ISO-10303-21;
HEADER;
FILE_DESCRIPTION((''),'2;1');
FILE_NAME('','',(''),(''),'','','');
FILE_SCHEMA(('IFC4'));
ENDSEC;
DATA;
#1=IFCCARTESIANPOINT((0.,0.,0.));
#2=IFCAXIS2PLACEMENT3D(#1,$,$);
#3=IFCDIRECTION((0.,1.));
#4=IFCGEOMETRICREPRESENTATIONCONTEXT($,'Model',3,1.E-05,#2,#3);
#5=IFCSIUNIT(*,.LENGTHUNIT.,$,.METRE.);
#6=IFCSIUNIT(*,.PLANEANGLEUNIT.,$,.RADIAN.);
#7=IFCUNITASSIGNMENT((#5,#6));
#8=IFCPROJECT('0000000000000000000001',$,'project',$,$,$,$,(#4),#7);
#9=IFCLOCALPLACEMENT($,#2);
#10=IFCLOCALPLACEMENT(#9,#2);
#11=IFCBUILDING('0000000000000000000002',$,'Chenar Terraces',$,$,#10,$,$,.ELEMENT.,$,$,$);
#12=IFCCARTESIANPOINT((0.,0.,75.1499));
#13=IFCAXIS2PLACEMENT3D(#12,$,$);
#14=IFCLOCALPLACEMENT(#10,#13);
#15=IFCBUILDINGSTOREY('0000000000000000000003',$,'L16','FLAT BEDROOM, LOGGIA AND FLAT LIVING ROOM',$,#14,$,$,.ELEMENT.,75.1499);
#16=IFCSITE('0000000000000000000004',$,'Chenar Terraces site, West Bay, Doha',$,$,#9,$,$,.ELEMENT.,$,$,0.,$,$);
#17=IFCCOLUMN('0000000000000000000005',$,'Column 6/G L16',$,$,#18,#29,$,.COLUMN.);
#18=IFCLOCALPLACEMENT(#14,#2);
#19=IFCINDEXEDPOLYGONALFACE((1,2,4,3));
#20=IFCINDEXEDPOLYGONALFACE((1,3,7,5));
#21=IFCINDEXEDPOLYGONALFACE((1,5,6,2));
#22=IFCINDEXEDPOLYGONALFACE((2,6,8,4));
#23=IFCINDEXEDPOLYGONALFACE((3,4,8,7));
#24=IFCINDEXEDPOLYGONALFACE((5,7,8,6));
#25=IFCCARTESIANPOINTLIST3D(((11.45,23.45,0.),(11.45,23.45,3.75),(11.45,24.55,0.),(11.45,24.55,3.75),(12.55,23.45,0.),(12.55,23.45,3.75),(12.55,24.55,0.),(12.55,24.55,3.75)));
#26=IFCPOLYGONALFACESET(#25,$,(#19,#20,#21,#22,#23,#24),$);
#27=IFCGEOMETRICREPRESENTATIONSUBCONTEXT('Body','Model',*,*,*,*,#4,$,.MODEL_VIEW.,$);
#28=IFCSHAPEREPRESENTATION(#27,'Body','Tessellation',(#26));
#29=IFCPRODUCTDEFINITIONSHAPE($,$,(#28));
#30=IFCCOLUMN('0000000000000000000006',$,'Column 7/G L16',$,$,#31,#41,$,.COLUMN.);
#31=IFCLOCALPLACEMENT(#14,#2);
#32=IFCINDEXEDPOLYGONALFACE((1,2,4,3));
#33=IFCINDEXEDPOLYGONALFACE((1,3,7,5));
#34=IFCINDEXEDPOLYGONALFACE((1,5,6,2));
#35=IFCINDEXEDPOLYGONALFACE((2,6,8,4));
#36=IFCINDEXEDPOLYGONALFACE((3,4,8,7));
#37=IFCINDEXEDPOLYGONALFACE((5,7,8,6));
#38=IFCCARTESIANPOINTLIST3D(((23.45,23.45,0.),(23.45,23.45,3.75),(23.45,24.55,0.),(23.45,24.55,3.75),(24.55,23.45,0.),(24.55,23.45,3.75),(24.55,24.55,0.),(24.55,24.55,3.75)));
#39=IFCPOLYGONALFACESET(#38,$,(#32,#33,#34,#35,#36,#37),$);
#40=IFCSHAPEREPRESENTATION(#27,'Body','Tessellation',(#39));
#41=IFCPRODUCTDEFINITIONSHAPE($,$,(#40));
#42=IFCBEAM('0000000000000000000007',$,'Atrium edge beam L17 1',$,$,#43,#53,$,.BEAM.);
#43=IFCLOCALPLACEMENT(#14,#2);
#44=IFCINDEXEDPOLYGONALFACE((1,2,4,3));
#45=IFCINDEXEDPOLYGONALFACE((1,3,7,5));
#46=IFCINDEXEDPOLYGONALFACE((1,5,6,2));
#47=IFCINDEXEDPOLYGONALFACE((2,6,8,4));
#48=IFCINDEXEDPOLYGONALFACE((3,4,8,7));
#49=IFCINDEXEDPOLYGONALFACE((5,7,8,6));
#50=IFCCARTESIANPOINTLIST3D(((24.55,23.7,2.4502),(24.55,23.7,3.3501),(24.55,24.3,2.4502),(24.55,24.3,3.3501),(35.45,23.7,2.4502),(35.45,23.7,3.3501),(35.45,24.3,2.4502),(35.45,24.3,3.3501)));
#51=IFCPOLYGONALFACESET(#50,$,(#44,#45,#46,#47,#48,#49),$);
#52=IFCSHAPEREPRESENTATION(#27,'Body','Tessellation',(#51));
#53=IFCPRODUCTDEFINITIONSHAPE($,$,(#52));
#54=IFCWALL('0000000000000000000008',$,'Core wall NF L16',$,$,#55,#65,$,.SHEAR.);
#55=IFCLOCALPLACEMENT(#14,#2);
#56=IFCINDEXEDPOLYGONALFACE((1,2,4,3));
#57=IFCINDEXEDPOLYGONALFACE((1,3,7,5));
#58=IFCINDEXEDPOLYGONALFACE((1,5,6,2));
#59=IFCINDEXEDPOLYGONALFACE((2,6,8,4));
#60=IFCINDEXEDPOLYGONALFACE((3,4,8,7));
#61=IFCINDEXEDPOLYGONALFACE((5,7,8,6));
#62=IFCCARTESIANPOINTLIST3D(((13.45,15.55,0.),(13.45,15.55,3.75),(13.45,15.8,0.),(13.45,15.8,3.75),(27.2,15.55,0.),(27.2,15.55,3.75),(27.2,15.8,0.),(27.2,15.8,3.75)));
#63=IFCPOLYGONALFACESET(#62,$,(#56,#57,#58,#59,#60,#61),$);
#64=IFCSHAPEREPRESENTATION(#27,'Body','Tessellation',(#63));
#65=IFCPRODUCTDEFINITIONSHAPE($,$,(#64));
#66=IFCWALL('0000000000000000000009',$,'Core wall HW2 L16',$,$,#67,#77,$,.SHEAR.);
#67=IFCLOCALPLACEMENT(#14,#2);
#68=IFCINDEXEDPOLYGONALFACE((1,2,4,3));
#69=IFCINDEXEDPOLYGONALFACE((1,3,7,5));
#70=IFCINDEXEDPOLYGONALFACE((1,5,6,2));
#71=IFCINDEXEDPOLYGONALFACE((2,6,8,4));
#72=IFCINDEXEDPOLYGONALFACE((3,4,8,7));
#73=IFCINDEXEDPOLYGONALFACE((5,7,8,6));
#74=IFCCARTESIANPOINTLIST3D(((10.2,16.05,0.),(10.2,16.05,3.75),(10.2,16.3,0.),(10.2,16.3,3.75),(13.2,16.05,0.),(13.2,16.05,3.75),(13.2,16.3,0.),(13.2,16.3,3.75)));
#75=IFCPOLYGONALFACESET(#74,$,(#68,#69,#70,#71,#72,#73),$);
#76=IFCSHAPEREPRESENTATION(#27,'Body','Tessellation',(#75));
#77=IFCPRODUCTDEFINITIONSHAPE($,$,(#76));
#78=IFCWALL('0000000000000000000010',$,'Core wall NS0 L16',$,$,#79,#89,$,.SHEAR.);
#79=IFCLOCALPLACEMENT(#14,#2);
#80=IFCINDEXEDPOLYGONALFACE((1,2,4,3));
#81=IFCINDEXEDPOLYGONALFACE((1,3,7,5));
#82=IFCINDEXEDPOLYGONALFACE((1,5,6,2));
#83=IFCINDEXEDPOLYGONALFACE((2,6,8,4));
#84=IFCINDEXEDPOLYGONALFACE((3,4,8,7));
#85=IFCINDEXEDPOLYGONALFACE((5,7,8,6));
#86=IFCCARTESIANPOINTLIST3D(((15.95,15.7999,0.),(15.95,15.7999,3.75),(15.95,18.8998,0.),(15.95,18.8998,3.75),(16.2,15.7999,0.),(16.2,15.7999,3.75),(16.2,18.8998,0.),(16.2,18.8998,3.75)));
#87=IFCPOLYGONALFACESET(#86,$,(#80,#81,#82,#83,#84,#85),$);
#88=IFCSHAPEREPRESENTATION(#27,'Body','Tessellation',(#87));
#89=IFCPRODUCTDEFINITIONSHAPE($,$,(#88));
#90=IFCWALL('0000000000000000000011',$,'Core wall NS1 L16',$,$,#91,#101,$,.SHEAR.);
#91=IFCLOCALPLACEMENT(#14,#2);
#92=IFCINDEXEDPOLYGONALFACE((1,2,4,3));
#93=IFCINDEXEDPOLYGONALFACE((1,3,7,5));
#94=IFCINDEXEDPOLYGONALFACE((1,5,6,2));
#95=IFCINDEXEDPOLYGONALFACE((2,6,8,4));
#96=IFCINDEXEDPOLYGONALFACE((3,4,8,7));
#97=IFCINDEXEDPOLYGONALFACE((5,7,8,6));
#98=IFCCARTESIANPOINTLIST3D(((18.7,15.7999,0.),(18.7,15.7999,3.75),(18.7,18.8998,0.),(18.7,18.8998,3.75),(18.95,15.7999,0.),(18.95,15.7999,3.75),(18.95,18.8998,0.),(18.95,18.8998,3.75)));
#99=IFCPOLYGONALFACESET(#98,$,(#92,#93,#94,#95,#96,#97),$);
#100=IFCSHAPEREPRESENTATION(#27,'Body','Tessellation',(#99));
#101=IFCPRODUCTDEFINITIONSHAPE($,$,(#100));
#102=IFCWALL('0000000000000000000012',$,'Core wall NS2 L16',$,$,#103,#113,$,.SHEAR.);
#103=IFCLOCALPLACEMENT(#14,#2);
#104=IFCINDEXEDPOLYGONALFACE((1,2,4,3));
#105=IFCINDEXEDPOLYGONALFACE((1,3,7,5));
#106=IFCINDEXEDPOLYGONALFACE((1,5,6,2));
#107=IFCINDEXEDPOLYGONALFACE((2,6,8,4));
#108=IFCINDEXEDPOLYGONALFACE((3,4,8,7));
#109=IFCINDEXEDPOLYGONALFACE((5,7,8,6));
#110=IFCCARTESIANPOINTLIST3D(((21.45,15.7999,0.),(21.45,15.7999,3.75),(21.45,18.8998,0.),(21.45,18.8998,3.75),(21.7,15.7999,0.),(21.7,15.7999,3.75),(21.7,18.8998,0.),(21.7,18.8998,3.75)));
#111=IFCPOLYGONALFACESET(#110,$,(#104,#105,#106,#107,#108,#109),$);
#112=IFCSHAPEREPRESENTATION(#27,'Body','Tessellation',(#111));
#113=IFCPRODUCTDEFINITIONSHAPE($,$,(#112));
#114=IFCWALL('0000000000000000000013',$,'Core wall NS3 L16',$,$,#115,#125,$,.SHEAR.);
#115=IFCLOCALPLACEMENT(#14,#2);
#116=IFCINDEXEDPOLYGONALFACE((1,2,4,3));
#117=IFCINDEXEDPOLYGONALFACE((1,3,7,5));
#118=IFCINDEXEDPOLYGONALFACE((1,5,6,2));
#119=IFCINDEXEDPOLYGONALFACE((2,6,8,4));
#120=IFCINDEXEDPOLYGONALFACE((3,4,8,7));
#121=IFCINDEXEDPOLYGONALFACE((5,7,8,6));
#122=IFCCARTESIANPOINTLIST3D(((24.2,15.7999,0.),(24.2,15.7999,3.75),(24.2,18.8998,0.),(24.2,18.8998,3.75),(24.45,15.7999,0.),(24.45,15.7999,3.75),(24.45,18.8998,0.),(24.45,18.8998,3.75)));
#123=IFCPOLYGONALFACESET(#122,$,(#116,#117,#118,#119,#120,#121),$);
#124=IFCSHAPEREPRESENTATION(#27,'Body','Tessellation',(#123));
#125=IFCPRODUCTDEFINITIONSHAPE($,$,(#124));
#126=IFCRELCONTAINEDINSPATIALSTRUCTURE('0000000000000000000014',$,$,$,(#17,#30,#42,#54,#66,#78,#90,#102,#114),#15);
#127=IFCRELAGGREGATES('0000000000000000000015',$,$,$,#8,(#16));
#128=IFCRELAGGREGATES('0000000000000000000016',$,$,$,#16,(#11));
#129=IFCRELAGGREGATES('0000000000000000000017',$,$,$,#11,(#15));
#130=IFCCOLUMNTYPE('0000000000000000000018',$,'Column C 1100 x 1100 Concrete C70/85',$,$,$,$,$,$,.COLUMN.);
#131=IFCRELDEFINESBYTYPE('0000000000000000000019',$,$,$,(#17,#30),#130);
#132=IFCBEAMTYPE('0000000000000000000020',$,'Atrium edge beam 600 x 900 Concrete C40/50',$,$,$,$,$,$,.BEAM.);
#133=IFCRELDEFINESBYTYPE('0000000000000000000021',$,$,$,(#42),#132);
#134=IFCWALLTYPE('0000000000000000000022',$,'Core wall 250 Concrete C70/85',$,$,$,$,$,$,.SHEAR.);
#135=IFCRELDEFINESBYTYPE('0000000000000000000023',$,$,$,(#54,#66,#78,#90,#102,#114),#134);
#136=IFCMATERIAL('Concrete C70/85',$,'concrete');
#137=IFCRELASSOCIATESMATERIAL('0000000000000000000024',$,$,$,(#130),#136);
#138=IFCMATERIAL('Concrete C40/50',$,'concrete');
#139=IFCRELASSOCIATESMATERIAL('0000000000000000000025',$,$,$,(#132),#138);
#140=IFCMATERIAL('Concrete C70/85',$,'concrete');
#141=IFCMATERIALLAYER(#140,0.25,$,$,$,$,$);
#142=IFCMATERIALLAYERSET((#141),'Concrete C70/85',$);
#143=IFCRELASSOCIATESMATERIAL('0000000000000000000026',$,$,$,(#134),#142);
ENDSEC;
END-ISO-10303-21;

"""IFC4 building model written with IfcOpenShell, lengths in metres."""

from ifc_helpers import new_model, si_unit, direction, frame, frame_2d, origin, origin_2d, place, context, subcontext, project, spatial, rectangle, extrude, material, layer, layer_set, material_profile, profile_set, type_object, element, save


model = new_model("IFC4")

# Units and contexts
model_context = context("Model", 3, precision=1e-05, world=origin(), true_north=direction((0.0, 1.0)))
body_context = subcontext(model_context, "Body", "Model", "MODEL_VIEW")
ifc_project = project(units=[si_unit("LENGTHUNIT", "METRE"), si_unit("PLANEANGLEUNIT", "RADIAN")], contexts=[model_context])

# Site, building, storey
site_placement = place(None, origin())
site = spatial("IfcSite", under=ifc_project, at=site_placement, Name="Chenar Terraces site, West Bay, Doha", CompositionType="ELEMENT", RefElevation=0.0)
building_placement = place(site_placement, origin())
building = spatial("IfcBuilding", under=site, at=building_placement, Name="Chenar Terraces", CompositionType="ELEMENT")
storey_placement = place(building_placement, frame((0.0, 0.0, 75.1499)))
storey = spatial("IfcBuildingStorey", under=building, at=storey_placement, Name="L16", Description="FLAT BEDROOM, LOGGIA AND FLAT LIVING ROOM", CompositionType="ELEMENT", Elevation=75.1499)

# Columns
ifc_material_1 = material(Name="Concrete C70/85", Category="concrete")
ifc_material_profile_1 = material_profile(ifc_material_1, rectangle(XDim=1.1001, YDim=1.1001, at=origin_2d()), Name="C 1100 x 1100")
ifc_profile_set_1 = profile_set([ifc_material_profile_1], Name="Concrete C70/85")
column_type = type_object("IfcColumnType", Name="Column C 1100 x 1100 Concrete C70/85", PredefinedType="COLUMN", material=ifc_profile_set_1)
for number, where, z_axis, x_axis, name in (
    (1, (12.0, 24.0, 0.0), (0.0, 0.0, 1.0), (1.0, 0.0, 0.0), "Column 6/G L16"),
    (2, (24.0, 24.0, 0.0), (0.0, 0.0, 1.0), (1.0, 0.0, 0.0), "Column 7/G L16"),
):
    element("IfcColumn", number, at=place(storey_placement, frame(where, z_axis=z_axis, x_axis=x_axis)), inside=storey, type_object=column_type, Name=name, PredefinedType="COLUMN", context=body_context, shape_type="SweptSolid", body=[
        extrude(rectangle(XDim=1.1001, YDim=1.1001, at=origin_2d()), origin(), (0.0, 0.0, 1.0), 3.75),
    ])

# Beam
ifc_material_2 = material(Name="Concrete C40/50", Category="concrete")
ifc_material_profile_2 = material_profile(ifc_material_2, rectangle(XDim=0.6001, YDim=0.8999, at=origin_2d()), Name="RC 600 x 900")
ifc_profile_set_2 = profile_set([ifc_material_profile_2], Name="Concrete C40/50")
beam_type = type_object("IfcBeamType", Name="Atrium edge beam 600 x 900 Concrete C40/50", PredefinedType="BEAM", material=ifc_profile_set_2)
beam_placement = place(storey_placement, frame((24.55, 24.0, 2.9001), z_axis=(1.0, 0.0, 0.0), x_axis=(0.0, 1.0, 0.0)))
element("IfcBeam", 3, at=beam_placement, inside=storey, type_object=beam_type, Name="Atrium edge beam L17 1", PredefinedType="BEAM", context=body_context, shape_type="SweptSolid", body=[
    extrude(rectangle(XDim=0.6001, YDim=0.8999, at=origin_2d()), origin(), (0.0, 0.0, 1.0), 10.8999),
])

# Walls
ifc_material_3 = material(Name="Concrete C70/85", Category="concrete")
ifc_layer_1 = layer(ifc_material_3, 0.25)
ifc_layer_set_1 = layer_set([ifc_layer_1], Name="Concrete C70/85")
wall_type_1 = type_object("IfcWallType", Name="Core wall 250 Concrete C70/85", PredefinedType="SHEAR", material=ifc_layer_set_1)
wall_1_placement = place(storey_placement, frame((13.45, 15.675, 0.0), z_axis=(0.0, 0.0, 1.0), x_axis=(1.0, 0.0, 0.0)))
element("IfcWall", 4, at=wall_1_placement, inside=storey, type_object=wall_type_1, Name="Core wall NF L16", PredefinedType="SHEAR", context=body_context, shape_type="SweptSolid", body=[
    extrude(rectangle(XDim=13.75, YDim=0.25, at=frame_2d((6.875, 0.0))), origin(), (0.0, 0.0, 1.0), 3.75),
])
wall_2_placement = place(storey_placement, frame((10.2, 16.175, 0.0), z_axis=(0.0, 0.0, 1.0), x_axis=(1.0, 0.0, 0.0)))
element("IfcWall", 5, at=wall_2_placement, inside=storey, type_object=wall_type_1, Name="Core wall HW2 L16", PredefinedType="SHEAR", context=body_context, shape_type="SweptSolid", body=[
    extrude(rectangle(XDim=3.0, YDim=0.25, at=frame_2d((1.5, 0.0))), origin(), (0.0, 0.0, 1.0), 3.75),
])
for number, where, z_axis, x_axis, name in (
    (6, (16.075, 15.8, 0.0), (0.0, 0.0, 1.0), (0.0, 1.0, 0.0), "Core wall NS0 L16"),
    (7, (18.825, 15.8, 0.0), (0.0, 0.0, 1.0), (0.0, 1.0, 0.0), "Core wall NS1 L16"),
    (8, (21.575, 15.8, 0.0), (0.0, 0.0, 1.0), (0.0, 1.0, 0.0), "Core wall NS2 L16"),
    (9, (24.325, 15.8, 0.0), (0.0, 0.0, 1.0), (0.0, 1.0, 0.0), "Core wall NS3 L16"),
):
    element("IfcWall", number, at=place(storey_placement, frame(where, z_axis=z_axis, x_axis=x_axis)), inside=storey, type_object=wall_type_1, Name=name, PredefinedType="SHEAR", context=body_context, shape_type="SweptSolid", body=[
        extrude(rectangle(XDim=3.0999, YDim=0.25, at=frame_2d((1.5498, 0.0))), origin(), (0.0, 0.0, 1.0), 3.75),
    ])

save(model, "model.ifc")
